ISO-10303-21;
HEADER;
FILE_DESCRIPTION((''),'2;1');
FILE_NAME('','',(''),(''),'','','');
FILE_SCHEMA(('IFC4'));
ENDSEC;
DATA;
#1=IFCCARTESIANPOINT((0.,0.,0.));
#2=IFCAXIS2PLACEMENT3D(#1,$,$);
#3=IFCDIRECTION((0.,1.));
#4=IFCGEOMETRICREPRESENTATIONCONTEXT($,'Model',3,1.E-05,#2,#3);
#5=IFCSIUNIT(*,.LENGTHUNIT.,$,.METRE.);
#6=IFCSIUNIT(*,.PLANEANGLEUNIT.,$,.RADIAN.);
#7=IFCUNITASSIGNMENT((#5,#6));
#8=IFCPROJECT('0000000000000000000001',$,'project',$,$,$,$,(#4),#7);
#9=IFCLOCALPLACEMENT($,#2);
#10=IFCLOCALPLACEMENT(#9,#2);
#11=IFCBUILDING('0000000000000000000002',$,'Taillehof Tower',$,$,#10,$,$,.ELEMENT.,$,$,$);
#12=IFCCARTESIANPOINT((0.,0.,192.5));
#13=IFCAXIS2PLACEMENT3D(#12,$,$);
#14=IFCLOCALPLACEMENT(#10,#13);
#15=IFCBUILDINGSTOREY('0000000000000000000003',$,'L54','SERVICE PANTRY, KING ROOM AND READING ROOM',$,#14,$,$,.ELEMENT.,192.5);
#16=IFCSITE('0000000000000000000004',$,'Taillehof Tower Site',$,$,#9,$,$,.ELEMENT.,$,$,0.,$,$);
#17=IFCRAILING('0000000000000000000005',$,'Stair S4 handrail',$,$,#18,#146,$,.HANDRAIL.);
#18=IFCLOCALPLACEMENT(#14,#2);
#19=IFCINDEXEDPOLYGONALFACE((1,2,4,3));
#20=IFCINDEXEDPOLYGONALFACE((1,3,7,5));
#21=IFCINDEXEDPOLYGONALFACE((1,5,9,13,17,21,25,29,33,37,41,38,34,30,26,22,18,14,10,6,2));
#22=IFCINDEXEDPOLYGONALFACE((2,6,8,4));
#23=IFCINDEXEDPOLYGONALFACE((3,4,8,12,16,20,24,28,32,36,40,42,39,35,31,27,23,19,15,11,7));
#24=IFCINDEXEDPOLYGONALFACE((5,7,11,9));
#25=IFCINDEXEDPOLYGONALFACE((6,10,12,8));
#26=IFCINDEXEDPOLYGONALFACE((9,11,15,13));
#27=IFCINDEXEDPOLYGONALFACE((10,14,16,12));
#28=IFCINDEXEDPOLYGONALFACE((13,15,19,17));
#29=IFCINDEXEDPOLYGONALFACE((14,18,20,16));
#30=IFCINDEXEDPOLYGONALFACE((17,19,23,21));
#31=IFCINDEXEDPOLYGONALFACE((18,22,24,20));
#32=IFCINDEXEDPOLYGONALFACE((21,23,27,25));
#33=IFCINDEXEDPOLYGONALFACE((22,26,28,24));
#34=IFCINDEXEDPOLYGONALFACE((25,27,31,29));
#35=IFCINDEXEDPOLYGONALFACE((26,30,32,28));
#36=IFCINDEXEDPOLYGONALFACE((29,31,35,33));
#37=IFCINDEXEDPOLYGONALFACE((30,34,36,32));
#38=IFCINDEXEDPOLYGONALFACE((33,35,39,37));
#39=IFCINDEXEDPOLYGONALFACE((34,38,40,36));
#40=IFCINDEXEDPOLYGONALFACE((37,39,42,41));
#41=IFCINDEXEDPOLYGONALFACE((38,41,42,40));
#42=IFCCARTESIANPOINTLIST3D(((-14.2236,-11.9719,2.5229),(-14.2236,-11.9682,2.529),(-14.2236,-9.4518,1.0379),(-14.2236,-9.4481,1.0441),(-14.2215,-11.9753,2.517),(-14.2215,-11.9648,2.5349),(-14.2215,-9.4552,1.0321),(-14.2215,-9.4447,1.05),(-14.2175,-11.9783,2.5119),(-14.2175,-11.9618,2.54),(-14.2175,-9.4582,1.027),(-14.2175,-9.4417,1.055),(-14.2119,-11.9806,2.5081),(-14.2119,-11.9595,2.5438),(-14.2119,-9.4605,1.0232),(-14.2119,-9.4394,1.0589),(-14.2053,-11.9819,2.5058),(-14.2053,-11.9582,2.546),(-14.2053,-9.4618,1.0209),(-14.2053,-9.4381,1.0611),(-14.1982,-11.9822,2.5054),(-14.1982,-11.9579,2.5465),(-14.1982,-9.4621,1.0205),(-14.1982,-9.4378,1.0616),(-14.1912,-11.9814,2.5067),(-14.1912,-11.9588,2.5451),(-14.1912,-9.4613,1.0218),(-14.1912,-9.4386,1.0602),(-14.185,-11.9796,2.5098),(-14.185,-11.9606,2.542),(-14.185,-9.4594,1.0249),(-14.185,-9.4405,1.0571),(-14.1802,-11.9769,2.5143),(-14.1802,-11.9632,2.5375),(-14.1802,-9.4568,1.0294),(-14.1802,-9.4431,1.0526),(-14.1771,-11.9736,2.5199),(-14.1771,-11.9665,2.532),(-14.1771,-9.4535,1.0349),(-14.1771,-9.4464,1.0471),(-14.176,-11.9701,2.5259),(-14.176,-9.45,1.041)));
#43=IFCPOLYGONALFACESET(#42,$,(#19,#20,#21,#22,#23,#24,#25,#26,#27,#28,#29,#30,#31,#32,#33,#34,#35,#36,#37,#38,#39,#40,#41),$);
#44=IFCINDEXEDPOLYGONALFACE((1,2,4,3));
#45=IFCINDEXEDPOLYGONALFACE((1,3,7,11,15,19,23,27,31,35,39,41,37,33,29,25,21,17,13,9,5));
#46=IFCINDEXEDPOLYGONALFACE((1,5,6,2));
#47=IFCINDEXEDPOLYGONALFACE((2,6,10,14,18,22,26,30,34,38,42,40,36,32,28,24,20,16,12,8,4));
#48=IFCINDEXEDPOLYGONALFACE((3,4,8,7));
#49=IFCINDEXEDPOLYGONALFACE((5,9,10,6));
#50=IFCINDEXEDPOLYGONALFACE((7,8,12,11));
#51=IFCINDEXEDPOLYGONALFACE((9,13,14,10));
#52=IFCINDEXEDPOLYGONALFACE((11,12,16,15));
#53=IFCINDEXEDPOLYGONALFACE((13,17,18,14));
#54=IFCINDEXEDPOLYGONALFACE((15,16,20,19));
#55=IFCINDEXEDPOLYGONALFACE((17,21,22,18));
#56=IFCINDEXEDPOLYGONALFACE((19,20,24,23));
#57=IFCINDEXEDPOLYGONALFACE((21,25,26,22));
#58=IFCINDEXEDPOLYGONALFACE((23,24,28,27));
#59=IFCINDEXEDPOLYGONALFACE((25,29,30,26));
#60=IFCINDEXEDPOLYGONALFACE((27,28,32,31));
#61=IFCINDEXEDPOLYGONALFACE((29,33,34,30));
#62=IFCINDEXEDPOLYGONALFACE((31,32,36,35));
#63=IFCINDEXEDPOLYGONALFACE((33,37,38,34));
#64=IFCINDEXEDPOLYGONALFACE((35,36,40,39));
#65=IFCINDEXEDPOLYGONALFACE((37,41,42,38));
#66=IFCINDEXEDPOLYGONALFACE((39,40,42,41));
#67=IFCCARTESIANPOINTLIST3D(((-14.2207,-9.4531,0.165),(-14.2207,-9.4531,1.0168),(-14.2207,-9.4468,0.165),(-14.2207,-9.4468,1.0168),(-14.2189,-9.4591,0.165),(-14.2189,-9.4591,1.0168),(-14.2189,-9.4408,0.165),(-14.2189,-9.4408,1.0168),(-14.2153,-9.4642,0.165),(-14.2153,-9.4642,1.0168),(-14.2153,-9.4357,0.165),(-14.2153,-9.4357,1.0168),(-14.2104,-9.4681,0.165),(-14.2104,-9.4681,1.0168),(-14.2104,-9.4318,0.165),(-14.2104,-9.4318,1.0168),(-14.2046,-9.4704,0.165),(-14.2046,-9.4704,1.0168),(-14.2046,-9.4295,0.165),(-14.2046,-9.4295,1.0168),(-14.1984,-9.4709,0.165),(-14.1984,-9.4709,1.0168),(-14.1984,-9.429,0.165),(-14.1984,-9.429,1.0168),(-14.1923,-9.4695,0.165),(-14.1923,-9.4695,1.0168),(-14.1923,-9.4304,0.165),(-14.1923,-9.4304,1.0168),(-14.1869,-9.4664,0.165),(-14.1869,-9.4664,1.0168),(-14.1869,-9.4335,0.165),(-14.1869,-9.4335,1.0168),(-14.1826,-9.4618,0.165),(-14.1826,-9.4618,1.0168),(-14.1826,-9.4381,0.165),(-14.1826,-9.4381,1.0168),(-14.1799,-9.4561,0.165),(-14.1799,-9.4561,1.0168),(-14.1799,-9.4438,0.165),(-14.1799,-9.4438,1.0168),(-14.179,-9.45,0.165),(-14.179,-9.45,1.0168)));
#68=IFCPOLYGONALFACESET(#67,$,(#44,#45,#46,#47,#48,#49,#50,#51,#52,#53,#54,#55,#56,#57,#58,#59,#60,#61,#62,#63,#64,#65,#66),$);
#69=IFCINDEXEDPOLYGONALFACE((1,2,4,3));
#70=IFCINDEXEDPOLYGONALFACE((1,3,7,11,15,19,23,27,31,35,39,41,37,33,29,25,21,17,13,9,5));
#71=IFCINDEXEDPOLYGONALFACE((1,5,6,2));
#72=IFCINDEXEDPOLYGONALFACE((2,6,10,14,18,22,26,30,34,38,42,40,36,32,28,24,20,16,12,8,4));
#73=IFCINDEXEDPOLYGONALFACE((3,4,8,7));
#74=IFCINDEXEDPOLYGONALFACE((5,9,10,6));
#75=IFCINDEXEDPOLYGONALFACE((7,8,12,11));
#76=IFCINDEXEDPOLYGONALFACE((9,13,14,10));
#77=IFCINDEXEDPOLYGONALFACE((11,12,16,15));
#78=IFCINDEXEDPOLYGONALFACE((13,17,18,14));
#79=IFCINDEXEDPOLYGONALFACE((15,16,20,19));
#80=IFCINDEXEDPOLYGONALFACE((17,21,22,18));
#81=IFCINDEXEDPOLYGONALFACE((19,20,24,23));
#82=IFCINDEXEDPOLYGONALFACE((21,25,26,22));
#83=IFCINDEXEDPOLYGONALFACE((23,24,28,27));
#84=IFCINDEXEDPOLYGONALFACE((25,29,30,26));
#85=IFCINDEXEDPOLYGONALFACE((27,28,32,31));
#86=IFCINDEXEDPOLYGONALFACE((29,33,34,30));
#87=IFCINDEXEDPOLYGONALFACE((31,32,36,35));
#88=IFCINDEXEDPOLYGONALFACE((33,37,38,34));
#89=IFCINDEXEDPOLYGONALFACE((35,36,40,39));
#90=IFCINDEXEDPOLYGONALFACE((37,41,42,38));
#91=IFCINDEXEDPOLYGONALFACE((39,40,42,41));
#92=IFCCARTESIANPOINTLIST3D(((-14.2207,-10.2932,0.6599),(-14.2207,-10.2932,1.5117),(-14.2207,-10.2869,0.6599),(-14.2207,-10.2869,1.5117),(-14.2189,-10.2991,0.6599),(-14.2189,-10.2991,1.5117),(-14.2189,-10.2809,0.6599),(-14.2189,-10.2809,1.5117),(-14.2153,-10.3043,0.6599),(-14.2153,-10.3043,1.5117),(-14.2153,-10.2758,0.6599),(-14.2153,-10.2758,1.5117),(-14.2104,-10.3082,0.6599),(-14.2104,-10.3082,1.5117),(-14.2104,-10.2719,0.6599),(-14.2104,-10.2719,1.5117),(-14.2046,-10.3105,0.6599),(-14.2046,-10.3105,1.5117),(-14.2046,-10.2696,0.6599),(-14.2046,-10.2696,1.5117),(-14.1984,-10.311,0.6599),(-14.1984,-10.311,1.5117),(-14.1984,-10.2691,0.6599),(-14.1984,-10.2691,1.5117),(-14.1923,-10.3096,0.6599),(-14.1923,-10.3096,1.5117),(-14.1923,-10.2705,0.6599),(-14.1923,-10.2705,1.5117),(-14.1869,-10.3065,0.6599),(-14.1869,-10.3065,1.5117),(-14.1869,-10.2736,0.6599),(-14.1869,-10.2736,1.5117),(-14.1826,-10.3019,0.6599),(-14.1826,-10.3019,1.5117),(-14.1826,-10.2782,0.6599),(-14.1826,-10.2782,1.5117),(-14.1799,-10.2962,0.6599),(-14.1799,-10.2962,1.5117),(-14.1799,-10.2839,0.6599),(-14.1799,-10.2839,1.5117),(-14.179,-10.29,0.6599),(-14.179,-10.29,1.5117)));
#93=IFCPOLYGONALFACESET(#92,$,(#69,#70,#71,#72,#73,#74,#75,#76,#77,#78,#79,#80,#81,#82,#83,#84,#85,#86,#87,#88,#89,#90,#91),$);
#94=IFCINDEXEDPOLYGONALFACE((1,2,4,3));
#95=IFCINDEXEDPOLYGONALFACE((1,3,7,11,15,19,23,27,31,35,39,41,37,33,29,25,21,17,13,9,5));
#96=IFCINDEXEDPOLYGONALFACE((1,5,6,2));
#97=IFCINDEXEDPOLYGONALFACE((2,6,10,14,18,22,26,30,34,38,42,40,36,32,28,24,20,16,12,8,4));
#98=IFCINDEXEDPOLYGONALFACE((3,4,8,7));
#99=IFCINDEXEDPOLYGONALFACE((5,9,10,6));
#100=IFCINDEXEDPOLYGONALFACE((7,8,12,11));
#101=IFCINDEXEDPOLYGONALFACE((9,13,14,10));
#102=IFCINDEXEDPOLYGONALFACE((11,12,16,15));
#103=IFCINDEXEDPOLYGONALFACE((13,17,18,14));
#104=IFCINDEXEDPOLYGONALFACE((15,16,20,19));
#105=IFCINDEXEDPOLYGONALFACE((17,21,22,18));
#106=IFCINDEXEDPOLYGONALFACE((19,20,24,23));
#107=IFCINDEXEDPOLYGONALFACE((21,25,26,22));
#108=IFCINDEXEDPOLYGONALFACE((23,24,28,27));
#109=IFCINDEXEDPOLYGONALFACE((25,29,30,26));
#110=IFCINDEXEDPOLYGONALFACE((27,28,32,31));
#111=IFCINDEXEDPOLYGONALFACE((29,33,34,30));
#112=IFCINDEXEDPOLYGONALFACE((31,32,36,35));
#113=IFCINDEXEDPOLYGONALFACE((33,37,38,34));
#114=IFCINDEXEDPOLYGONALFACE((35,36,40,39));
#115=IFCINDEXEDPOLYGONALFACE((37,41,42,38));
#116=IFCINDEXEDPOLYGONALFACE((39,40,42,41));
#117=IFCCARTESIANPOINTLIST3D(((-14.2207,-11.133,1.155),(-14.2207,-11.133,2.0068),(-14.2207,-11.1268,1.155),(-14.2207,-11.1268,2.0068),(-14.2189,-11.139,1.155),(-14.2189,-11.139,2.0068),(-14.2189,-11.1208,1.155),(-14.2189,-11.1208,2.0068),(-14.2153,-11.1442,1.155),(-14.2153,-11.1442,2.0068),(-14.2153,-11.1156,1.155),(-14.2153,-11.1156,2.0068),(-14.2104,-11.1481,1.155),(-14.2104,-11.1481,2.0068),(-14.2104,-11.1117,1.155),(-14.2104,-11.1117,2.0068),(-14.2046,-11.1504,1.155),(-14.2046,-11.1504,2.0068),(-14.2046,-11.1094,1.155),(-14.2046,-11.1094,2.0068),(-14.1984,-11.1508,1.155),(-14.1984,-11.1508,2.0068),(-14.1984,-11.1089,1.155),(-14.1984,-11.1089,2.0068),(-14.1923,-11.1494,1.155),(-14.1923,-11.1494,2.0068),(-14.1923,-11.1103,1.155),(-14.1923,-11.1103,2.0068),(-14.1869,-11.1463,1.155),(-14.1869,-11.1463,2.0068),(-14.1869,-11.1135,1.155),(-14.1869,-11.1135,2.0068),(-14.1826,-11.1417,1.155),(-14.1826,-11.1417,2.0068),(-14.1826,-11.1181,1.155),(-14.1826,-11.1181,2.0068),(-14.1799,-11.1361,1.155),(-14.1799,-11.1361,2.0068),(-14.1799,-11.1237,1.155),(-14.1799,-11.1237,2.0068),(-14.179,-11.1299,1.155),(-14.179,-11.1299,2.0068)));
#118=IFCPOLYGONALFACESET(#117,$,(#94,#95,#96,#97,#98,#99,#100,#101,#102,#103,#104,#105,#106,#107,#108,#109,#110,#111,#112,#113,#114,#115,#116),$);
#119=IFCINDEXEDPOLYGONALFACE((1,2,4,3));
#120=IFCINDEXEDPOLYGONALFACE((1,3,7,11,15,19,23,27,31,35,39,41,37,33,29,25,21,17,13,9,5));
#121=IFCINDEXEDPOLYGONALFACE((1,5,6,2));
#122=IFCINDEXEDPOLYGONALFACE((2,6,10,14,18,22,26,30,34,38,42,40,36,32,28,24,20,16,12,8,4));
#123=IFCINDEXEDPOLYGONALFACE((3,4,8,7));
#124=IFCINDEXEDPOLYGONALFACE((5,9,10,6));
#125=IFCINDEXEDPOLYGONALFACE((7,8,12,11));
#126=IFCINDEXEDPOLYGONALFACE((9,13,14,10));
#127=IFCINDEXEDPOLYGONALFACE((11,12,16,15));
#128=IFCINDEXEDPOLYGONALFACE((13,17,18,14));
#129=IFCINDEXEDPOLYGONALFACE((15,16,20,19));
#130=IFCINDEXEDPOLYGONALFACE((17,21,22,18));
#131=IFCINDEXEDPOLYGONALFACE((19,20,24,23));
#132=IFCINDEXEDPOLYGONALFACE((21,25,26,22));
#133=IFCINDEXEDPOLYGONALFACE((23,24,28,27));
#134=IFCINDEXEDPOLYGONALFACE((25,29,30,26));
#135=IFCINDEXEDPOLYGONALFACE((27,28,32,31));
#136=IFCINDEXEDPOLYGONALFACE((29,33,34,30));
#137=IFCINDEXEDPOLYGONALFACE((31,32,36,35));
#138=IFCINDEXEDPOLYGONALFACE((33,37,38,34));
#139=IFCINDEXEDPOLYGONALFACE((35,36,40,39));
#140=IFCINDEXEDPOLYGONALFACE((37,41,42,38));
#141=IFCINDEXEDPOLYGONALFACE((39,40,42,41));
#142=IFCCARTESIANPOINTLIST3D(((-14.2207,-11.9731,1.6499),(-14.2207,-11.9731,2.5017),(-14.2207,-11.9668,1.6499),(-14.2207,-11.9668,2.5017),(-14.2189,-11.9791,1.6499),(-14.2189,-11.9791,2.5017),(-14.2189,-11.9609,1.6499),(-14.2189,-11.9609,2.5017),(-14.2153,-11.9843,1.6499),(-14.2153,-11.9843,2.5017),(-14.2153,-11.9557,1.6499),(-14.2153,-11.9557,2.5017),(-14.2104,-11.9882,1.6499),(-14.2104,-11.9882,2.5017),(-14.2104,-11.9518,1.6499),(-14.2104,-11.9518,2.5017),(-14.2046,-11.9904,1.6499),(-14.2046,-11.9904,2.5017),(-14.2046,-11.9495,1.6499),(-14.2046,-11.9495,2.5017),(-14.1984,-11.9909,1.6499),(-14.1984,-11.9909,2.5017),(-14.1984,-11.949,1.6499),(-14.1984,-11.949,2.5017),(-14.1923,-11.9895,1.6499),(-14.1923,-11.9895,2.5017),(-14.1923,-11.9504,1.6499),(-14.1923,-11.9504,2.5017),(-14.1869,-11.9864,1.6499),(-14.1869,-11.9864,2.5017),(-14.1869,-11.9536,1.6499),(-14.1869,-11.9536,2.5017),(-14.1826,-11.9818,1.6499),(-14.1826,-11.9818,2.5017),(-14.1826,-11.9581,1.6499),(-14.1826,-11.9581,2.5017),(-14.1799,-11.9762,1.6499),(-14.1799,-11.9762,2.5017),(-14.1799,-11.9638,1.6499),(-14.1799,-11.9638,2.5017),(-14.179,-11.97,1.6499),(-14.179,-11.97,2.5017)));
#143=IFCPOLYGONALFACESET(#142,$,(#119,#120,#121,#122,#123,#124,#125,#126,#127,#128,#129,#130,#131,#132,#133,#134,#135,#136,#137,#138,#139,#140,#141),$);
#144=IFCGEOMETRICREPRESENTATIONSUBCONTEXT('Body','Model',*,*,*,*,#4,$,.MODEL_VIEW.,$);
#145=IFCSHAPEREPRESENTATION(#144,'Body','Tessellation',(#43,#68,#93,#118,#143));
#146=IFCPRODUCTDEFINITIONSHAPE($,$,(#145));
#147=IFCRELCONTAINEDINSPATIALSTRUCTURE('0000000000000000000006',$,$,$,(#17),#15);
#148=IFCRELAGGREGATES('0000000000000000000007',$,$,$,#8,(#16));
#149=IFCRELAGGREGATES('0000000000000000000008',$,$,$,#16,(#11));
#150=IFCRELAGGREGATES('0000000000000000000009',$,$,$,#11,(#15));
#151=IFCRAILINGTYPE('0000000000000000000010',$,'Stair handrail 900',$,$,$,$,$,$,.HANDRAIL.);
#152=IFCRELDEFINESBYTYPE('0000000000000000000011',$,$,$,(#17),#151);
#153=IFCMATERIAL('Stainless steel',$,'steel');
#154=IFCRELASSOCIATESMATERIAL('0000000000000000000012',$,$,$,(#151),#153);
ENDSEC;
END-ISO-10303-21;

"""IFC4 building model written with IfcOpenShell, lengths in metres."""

from ifc_helpers import new_model, si_unit, direction, frame, origin, origin_2d, place, context, subcontext, project, spatial, circle, extrude, material, type_object, element, save


model = new_model("IFC4")

# Units and contexts
model_context = context("Model", 3, precision=1e-05, world=origin(), true_north=direction((0.0, 1.0)))
body_context = subcontext(model_context, "Body", "Model", "MODEL_VIEW")
ifc_project = project(units=[si_unit("LENGTHUNIT", "METRE"), si_unit("PLANEANGLEUNIT", "RADIAN")], contexts=[model_context])

# Site, building, storey
site_placement = place(None, origin())
site = spatial("IfcSite", under=ifc_project, at=site_placement, Name="Taillehof Tower Site", CompositionType="ELEMENT", RefElevation=0.0)
building_placement = place(site_placement, origin())
building = spatial("IfcBuilding", under=site, at=building_placement, Name="Taillehof Tower", CompositionType="ELEMENT")
storey_placement = place(building_placement, frame((0.0, 0.0, 192.5)))
storey = spatial("IfcBuildingStorey", under=building, at=storey_placement, Name="L54", Description="SERVICE PANTRY, KING ROOM AND READING ROOM", CompositionType="ELEMENT", Elevation=192.5)

# Railing
ifc_material_1 = material(Name="Stainless steel", Category="steel")
railing_type = type_object("IfcRailingType", Name="Stair handrail 900", PredefinedType="HANDRAIL", material=ifc_material_1)
railing_placement = place(storey_placement, frame((-14.2, -9.45, 0.165)))
element("IfcRailing", 1, at=railing_placement, inside=storey, type_object=railing_type, Name="Stair S4 handrail", PredefinedType="HANDRAIL", context=body_context, shape_type="SweptSolid", body=[
    extrude(circle(Radius=0.0239, at=origin_2d()), frame((0.0, 0.0, 0.876), z_axis=(0.0, -0.861561, 0.507655), x_axis=(1.0, 0.0, 0.0)), (0.0, 0.0, 1.0), 2.925),
    extrude(circle(Radius=0.021, at=origin_2d()), origin(), (0.0, 0.0, 1.0), 0.8518),
    extrude(circle(Radius=0.021, at=origin_2d()), frame((0.0, -0.8401, 0.4949)), (0.0, 0.0, 1.0), 0.8518),
    extrude(circle(Radius=0.021, at=origin_2d()), frame((0.0, -1.6799, 0.99)), (0.0, 0.0, 1.0), 0.8518),
    extrude(circle(Radius=0.021, at=origin_2d()), frame((0.0, -2.52, 1.4849)), (0.0, 0.0, 1.0), 0.8518),
])

save(model, "model.ifc")
